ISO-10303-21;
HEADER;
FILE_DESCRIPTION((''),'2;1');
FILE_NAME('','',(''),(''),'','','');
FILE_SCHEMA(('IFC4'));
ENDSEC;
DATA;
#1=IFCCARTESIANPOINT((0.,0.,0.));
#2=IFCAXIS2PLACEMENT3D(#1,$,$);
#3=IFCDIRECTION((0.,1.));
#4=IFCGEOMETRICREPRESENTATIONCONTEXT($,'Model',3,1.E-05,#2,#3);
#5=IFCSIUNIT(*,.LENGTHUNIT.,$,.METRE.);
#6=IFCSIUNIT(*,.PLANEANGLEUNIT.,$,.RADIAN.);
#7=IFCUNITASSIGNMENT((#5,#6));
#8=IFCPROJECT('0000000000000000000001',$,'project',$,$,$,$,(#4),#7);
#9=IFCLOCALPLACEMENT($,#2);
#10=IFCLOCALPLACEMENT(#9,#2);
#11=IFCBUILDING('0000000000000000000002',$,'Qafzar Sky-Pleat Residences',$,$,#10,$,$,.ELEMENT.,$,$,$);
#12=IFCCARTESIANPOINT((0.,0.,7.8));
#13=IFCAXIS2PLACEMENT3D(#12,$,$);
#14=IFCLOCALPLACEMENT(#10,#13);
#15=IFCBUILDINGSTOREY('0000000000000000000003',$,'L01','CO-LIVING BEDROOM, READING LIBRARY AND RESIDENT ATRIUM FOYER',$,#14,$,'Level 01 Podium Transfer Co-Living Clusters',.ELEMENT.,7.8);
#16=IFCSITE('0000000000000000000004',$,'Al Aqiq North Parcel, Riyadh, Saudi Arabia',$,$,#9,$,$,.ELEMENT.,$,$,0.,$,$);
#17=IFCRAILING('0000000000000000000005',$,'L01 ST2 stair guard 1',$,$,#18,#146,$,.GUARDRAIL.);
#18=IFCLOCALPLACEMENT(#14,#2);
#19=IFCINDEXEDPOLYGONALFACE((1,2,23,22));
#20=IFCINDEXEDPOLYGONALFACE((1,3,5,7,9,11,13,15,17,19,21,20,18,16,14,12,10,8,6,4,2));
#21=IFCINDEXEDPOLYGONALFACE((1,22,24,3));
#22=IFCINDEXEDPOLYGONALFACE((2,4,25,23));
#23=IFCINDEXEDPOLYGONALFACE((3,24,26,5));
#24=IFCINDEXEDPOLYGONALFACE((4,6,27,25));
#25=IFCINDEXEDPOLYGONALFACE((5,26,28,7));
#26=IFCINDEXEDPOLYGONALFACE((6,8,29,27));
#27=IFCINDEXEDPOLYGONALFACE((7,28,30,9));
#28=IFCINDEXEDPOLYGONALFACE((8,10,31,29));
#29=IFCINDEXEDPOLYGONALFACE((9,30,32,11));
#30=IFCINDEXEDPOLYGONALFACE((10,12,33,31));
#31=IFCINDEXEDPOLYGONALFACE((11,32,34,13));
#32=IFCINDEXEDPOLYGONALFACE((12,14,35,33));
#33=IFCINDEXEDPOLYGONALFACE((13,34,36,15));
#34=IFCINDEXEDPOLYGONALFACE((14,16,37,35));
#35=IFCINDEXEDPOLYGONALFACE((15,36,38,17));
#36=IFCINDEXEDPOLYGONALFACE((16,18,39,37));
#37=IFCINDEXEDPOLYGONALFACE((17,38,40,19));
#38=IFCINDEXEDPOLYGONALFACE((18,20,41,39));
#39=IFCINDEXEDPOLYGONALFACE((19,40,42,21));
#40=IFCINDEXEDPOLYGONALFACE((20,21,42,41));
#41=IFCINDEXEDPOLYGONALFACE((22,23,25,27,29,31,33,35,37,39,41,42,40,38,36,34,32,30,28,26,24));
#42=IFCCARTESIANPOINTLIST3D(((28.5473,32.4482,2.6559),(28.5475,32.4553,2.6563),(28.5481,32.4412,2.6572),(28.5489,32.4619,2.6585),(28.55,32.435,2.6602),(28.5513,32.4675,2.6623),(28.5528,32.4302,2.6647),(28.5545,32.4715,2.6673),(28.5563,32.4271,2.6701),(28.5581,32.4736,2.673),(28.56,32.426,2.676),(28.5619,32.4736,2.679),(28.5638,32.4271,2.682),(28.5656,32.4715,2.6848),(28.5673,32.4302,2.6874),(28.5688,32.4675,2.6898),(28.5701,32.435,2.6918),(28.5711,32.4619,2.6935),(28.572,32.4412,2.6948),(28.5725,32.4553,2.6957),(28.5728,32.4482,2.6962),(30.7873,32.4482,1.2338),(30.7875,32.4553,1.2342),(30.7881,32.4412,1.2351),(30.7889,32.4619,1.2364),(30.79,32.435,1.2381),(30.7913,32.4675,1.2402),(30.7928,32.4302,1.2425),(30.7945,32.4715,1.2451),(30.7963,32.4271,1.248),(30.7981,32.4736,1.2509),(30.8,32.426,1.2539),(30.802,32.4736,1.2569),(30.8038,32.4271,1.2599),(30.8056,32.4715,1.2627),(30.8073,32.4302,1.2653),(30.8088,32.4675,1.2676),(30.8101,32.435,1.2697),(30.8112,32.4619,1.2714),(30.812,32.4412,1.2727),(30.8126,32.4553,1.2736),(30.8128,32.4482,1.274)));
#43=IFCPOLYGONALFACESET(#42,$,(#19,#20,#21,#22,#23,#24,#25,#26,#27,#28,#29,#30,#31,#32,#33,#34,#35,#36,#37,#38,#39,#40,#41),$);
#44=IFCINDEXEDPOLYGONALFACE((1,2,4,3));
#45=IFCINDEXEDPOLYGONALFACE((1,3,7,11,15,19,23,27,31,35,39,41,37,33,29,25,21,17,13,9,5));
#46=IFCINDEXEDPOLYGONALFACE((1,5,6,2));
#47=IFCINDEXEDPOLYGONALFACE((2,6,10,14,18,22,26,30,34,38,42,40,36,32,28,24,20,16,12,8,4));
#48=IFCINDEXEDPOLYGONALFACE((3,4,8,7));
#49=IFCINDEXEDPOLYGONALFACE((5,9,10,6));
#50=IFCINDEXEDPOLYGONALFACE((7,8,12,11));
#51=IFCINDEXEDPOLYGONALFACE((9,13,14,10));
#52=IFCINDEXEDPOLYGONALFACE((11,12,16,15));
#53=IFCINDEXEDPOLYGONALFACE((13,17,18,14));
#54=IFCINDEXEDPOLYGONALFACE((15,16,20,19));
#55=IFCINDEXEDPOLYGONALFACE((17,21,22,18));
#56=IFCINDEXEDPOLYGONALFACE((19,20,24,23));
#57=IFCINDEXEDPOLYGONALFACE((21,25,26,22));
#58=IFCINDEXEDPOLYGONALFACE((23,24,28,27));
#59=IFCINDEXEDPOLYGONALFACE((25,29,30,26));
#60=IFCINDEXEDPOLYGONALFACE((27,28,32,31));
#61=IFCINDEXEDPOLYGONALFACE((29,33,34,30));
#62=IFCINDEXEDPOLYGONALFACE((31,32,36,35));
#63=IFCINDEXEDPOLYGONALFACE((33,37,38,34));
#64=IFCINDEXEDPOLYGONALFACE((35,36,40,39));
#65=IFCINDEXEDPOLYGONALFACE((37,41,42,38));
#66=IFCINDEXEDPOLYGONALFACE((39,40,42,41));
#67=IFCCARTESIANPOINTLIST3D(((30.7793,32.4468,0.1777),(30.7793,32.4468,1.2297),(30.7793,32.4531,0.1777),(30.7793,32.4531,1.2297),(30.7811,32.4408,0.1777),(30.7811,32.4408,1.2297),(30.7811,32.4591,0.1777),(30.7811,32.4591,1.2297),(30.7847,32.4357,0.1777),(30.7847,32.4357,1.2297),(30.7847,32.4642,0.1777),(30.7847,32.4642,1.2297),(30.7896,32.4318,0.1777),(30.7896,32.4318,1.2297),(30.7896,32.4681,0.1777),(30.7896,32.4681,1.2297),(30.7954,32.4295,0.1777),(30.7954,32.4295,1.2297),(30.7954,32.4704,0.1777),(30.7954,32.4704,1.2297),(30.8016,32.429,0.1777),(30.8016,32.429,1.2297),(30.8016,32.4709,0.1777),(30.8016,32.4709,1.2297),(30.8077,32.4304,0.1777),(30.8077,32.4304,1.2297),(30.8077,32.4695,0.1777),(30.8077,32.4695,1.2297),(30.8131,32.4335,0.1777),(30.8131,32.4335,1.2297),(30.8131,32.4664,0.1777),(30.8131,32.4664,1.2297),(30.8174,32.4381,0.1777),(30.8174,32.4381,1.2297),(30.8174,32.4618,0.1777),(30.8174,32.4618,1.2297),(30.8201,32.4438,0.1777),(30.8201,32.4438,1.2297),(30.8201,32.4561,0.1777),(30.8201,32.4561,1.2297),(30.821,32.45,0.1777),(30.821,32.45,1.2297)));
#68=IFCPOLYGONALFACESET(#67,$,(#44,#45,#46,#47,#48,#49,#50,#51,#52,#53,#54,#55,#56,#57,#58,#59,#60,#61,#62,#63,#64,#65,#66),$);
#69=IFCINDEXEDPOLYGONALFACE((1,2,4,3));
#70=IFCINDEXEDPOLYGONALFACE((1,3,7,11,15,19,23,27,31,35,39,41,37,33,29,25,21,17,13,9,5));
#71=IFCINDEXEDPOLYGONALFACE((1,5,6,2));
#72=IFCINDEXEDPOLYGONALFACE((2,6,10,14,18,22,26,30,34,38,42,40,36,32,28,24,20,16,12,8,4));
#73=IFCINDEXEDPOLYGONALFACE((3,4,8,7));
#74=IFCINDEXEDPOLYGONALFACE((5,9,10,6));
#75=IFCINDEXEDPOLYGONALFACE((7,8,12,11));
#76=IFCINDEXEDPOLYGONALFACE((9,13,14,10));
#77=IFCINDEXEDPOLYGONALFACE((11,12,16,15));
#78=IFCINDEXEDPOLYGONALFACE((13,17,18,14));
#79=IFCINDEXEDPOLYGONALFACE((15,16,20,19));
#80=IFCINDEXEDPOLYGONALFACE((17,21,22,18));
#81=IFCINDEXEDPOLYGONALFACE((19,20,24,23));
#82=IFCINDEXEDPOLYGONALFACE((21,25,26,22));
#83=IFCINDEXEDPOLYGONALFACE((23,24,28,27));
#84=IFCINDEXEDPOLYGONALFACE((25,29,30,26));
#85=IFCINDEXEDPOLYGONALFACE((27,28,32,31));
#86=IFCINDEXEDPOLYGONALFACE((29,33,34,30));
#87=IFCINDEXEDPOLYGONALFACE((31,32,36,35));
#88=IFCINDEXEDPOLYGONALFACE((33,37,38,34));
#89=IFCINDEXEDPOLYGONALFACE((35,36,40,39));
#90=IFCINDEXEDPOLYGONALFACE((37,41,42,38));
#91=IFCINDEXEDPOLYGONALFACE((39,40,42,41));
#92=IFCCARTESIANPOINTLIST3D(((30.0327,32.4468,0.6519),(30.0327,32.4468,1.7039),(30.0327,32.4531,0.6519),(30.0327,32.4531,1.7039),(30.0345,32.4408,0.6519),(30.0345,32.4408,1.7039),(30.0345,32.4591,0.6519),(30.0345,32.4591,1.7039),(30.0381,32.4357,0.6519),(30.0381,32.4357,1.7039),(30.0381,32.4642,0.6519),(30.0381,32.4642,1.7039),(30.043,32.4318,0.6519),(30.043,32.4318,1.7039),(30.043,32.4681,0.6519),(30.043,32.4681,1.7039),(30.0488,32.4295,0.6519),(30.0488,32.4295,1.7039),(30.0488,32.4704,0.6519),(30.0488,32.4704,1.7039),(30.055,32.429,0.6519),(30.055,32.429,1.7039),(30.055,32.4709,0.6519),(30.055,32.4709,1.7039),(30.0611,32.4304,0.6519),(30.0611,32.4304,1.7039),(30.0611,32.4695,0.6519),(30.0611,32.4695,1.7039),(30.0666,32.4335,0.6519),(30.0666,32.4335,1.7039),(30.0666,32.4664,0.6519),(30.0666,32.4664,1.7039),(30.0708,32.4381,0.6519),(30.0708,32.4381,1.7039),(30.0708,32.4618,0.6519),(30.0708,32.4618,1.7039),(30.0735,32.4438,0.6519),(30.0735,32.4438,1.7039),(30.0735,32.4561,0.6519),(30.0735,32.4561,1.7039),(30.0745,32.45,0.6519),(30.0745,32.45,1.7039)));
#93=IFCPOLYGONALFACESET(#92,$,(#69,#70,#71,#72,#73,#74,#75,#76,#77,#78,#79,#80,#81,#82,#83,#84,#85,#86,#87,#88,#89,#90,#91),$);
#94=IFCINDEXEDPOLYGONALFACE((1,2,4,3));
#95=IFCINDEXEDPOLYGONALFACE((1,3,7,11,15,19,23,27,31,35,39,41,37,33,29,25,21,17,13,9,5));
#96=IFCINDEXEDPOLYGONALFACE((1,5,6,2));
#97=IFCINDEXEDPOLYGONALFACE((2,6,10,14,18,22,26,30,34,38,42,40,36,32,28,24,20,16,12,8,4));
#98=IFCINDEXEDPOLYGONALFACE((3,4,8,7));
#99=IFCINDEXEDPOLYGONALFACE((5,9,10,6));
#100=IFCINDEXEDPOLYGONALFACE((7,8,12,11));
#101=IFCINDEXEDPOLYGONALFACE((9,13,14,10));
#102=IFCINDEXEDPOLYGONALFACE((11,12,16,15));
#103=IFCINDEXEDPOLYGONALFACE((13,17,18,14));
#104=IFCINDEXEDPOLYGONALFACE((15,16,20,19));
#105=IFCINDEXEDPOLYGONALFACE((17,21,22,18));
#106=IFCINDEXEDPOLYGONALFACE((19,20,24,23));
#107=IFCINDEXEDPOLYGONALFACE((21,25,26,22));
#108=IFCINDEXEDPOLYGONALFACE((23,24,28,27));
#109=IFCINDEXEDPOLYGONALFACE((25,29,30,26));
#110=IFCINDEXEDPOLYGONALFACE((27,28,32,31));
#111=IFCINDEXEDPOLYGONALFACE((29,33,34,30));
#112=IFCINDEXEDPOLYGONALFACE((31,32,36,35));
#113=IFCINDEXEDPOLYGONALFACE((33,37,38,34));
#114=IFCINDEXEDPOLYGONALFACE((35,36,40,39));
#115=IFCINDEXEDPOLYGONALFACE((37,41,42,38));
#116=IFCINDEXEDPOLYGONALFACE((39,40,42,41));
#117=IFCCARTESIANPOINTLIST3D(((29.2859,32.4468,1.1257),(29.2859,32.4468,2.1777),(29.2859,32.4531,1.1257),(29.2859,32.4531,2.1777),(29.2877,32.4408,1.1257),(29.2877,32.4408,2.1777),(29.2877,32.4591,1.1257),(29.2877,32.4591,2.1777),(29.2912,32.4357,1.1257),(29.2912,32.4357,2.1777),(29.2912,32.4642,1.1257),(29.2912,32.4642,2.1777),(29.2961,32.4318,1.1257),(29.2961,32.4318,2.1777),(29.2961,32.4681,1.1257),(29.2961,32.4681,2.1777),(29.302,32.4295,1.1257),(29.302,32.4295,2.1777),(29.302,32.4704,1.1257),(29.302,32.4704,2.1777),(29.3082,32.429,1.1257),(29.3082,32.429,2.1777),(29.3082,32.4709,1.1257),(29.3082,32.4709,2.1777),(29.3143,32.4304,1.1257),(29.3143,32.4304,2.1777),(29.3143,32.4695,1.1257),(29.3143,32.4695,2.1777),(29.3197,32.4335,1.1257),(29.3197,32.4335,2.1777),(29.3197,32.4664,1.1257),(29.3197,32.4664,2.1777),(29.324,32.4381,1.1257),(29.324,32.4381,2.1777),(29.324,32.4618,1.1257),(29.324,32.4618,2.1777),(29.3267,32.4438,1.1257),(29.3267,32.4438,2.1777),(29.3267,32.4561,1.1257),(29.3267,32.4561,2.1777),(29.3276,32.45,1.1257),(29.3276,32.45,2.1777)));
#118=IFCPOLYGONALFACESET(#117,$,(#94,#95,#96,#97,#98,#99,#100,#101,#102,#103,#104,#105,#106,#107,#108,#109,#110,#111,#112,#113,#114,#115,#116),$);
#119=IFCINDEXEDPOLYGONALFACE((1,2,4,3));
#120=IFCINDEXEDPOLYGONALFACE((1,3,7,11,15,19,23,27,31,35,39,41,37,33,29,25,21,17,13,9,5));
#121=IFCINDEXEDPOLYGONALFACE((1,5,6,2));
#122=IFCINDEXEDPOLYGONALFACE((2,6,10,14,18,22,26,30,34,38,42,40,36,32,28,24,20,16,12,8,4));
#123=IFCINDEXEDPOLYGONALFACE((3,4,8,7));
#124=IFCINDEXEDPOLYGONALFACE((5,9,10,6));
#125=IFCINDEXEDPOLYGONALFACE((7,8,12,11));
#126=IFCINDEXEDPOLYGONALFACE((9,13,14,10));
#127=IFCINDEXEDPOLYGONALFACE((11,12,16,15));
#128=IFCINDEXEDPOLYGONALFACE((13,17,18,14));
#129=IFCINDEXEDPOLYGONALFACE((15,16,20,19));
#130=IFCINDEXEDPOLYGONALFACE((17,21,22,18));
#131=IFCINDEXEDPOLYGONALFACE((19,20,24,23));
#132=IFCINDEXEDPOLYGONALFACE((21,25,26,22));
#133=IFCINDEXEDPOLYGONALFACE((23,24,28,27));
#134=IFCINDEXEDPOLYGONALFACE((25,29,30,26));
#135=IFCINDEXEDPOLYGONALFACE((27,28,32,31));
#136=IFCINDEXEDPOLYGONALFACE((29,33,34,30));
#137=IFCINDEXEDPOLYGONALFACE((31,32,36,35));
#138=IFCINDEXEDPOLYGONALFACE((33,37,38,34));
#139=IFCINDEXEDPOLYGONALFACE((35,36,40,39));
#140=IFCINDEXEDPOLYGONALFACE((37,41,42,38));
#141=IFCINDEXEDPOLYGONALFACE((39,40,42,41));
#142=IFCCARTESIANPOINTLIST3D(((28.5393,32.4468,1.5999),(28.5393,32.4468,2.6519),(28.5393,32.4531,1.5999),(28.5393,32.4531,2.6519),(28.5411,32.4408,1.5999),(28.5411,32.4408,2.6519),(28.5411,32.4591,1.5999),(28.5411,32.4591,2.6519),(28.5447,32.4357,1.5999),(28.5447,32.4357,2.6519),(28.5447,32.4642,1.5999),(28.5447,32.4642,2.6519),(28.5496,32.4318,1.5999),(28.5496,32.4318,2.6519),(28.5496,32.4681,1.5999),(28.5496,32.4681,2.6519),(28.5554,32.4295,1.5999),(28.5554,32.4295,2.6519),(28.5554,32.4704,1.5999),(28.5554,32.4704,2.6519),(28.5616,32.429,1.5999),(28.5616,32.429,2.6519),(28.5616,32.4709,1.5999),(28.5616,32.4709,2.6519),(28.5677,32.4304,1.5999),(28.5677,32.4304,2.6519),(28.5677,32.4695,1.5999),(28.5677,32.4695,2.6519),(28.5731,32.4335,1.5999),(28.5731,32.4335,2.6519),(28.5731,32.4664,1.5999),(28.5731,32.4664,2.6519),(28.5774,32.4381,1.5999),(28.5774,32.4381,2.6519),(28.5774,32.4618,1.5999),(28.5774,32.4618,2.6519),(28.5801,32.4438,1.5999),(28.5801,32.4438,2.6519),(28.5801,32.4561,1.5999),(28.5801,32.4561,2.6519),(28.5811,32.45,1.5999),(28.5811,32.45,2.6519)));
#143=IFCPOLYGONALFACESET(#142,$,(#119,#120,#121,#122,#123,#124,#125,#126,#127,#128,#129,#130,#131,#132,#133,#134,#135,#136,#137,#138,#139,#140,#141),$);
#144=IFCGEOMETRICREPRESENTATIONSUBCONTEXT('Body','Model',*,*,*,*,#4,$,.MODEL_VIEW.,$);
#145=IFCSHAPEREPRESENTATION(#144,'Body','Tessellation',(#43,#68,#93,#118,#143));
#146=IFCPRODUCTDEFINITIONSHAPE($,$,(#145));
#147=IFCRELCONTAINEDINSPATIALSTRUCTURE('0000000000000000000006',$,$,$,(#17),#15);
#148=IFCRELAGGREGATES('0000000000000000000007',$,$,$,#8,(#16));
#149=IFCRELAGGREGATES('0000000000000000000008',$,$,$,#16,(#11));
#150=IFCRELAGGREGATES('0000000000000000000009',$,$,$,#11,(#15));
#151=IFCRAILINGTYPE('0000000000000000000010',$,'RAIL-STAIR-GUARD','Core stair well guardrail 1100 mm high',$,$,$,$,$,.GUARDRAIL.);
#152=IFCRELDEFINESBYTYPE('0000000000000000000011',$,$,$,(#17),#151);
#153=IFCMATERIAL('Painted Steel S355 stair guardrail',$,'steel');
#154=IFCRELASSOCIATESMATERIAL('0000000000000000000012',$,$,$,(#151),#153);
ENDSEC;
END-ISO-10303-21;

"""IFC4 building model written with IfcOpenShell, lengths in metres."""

from ifc_helpers import new_model, si_unit, direction, frame, origin, origin_2d, place, context, subcontext, project, spatial, circle, extrude, source, transform, mapped, material, type_object, element, save


model = new_model("IFC4")

# Units and contexts
model_context = context("Model", 3, precision=1e-05, world=origin(), true_north=direction((0.0, 1.0)))
body_context = subcontext(model_context, "Body", "Model", "MODEL_VIEW")
ifc_project = project(units=[si_unit("LENGTHUNIT", "METRE"), si_unit("PLANEANGLEUNIT", "RADIAN")], contexts=[model_context])

# Site, building, storey
site_placement = place(None, origin())
site = spatial("IfcSite", under=ifc_project, at=site_placement, Name="Al Aqiq North Parcel, Riyadh, Saudi Arabia", CompositionType="ELEMENT", RefElevation=0.0)
building_placement = place(site_placement, origin())
building = spatial("IfcBuilding", under=site, at=building_placement, Name="Qafzar Sky-Pleat Residences", CompositionType="ELEMENT")
storey_placement = place(building_placement, frame((0.0, 0.0, 7.8)))
storey = spatial("IfcBuildingStorey", under=building, at=storey_placement, Name="L01", Description="CO-LIVING BEDROOM, READING LIBRARY AND RESIDENT ATRIUM FOYER", LongName="Level 01 Podium Transfer Co-Living Clusters", CompositionType="ELEMENT", Elevation=7.8)

# Railing
ifc_material_1 = material(Name="Painted Steel S355 stair guardrail", Category="steel")
railing_type_1 = type_object("IfcRailingType", Name="RAIL-STAIR-GUARD", Description="Core stair well guardrail 1100 mm high", PredefinedType="GUARDRAIL", material=ifc_material_1)
shared_shape_1 = source(origin(), body_context, "Body", "SweptSolid", [
    extrude(circle(Radius=0.0239, at=origin_2d()), frame((0.0, 0.0, 1.0762), z_axis=(-0.844229, 0.0, 0.535982), x_axis=(0.0, -1.0, 0.0)), (0.0, 0.0, 1.0), 2.6533),
    extrude(circle(Radius=0.021, at=origin_2d()), origin(), (0.0, 0.0, 1.0), 1.052),
    extrude(circle(Radius=0.021, at=origin_2d()), frame((-0.7466, 0.0, 0.4741)), (0.0, 0.0, 1.0), 1.052),
    extrude(circle(Radius=0.021, at=origin_2d()), frame((-1.4934, 0.0, 0.948)), (0.0, 0.0, 1.0), 1.052),
    extrude(circle(Radius=0.021, at=origin_2d()), frame((-2.24, 0.0, 1.4221)), (0.0, 0.0, 1.0), 1.052),
])
railing_1_placement = place(storey_placement, frame((30.8, 32.45, 0.1777)))
element("IfcRailing", 1, at=railing_1_placement, inside=storey, type_object=railing_type_1, Name="L01 ST2 stair guard 1", PredefinedType="GUARDRAIL", context=body_context, shape_type="MappedRepresentation", body=[
    mapped(shared_shape_1, transform((0.0, 0.0, 0.0), x_axis=(1.0, 0.0, 0.0), y_axis=(0.0, 1.0, 0.0), z_axis=(0.0, 0.0, 1.0), scale=1.0)),
])

save(model, "model.ifc")
